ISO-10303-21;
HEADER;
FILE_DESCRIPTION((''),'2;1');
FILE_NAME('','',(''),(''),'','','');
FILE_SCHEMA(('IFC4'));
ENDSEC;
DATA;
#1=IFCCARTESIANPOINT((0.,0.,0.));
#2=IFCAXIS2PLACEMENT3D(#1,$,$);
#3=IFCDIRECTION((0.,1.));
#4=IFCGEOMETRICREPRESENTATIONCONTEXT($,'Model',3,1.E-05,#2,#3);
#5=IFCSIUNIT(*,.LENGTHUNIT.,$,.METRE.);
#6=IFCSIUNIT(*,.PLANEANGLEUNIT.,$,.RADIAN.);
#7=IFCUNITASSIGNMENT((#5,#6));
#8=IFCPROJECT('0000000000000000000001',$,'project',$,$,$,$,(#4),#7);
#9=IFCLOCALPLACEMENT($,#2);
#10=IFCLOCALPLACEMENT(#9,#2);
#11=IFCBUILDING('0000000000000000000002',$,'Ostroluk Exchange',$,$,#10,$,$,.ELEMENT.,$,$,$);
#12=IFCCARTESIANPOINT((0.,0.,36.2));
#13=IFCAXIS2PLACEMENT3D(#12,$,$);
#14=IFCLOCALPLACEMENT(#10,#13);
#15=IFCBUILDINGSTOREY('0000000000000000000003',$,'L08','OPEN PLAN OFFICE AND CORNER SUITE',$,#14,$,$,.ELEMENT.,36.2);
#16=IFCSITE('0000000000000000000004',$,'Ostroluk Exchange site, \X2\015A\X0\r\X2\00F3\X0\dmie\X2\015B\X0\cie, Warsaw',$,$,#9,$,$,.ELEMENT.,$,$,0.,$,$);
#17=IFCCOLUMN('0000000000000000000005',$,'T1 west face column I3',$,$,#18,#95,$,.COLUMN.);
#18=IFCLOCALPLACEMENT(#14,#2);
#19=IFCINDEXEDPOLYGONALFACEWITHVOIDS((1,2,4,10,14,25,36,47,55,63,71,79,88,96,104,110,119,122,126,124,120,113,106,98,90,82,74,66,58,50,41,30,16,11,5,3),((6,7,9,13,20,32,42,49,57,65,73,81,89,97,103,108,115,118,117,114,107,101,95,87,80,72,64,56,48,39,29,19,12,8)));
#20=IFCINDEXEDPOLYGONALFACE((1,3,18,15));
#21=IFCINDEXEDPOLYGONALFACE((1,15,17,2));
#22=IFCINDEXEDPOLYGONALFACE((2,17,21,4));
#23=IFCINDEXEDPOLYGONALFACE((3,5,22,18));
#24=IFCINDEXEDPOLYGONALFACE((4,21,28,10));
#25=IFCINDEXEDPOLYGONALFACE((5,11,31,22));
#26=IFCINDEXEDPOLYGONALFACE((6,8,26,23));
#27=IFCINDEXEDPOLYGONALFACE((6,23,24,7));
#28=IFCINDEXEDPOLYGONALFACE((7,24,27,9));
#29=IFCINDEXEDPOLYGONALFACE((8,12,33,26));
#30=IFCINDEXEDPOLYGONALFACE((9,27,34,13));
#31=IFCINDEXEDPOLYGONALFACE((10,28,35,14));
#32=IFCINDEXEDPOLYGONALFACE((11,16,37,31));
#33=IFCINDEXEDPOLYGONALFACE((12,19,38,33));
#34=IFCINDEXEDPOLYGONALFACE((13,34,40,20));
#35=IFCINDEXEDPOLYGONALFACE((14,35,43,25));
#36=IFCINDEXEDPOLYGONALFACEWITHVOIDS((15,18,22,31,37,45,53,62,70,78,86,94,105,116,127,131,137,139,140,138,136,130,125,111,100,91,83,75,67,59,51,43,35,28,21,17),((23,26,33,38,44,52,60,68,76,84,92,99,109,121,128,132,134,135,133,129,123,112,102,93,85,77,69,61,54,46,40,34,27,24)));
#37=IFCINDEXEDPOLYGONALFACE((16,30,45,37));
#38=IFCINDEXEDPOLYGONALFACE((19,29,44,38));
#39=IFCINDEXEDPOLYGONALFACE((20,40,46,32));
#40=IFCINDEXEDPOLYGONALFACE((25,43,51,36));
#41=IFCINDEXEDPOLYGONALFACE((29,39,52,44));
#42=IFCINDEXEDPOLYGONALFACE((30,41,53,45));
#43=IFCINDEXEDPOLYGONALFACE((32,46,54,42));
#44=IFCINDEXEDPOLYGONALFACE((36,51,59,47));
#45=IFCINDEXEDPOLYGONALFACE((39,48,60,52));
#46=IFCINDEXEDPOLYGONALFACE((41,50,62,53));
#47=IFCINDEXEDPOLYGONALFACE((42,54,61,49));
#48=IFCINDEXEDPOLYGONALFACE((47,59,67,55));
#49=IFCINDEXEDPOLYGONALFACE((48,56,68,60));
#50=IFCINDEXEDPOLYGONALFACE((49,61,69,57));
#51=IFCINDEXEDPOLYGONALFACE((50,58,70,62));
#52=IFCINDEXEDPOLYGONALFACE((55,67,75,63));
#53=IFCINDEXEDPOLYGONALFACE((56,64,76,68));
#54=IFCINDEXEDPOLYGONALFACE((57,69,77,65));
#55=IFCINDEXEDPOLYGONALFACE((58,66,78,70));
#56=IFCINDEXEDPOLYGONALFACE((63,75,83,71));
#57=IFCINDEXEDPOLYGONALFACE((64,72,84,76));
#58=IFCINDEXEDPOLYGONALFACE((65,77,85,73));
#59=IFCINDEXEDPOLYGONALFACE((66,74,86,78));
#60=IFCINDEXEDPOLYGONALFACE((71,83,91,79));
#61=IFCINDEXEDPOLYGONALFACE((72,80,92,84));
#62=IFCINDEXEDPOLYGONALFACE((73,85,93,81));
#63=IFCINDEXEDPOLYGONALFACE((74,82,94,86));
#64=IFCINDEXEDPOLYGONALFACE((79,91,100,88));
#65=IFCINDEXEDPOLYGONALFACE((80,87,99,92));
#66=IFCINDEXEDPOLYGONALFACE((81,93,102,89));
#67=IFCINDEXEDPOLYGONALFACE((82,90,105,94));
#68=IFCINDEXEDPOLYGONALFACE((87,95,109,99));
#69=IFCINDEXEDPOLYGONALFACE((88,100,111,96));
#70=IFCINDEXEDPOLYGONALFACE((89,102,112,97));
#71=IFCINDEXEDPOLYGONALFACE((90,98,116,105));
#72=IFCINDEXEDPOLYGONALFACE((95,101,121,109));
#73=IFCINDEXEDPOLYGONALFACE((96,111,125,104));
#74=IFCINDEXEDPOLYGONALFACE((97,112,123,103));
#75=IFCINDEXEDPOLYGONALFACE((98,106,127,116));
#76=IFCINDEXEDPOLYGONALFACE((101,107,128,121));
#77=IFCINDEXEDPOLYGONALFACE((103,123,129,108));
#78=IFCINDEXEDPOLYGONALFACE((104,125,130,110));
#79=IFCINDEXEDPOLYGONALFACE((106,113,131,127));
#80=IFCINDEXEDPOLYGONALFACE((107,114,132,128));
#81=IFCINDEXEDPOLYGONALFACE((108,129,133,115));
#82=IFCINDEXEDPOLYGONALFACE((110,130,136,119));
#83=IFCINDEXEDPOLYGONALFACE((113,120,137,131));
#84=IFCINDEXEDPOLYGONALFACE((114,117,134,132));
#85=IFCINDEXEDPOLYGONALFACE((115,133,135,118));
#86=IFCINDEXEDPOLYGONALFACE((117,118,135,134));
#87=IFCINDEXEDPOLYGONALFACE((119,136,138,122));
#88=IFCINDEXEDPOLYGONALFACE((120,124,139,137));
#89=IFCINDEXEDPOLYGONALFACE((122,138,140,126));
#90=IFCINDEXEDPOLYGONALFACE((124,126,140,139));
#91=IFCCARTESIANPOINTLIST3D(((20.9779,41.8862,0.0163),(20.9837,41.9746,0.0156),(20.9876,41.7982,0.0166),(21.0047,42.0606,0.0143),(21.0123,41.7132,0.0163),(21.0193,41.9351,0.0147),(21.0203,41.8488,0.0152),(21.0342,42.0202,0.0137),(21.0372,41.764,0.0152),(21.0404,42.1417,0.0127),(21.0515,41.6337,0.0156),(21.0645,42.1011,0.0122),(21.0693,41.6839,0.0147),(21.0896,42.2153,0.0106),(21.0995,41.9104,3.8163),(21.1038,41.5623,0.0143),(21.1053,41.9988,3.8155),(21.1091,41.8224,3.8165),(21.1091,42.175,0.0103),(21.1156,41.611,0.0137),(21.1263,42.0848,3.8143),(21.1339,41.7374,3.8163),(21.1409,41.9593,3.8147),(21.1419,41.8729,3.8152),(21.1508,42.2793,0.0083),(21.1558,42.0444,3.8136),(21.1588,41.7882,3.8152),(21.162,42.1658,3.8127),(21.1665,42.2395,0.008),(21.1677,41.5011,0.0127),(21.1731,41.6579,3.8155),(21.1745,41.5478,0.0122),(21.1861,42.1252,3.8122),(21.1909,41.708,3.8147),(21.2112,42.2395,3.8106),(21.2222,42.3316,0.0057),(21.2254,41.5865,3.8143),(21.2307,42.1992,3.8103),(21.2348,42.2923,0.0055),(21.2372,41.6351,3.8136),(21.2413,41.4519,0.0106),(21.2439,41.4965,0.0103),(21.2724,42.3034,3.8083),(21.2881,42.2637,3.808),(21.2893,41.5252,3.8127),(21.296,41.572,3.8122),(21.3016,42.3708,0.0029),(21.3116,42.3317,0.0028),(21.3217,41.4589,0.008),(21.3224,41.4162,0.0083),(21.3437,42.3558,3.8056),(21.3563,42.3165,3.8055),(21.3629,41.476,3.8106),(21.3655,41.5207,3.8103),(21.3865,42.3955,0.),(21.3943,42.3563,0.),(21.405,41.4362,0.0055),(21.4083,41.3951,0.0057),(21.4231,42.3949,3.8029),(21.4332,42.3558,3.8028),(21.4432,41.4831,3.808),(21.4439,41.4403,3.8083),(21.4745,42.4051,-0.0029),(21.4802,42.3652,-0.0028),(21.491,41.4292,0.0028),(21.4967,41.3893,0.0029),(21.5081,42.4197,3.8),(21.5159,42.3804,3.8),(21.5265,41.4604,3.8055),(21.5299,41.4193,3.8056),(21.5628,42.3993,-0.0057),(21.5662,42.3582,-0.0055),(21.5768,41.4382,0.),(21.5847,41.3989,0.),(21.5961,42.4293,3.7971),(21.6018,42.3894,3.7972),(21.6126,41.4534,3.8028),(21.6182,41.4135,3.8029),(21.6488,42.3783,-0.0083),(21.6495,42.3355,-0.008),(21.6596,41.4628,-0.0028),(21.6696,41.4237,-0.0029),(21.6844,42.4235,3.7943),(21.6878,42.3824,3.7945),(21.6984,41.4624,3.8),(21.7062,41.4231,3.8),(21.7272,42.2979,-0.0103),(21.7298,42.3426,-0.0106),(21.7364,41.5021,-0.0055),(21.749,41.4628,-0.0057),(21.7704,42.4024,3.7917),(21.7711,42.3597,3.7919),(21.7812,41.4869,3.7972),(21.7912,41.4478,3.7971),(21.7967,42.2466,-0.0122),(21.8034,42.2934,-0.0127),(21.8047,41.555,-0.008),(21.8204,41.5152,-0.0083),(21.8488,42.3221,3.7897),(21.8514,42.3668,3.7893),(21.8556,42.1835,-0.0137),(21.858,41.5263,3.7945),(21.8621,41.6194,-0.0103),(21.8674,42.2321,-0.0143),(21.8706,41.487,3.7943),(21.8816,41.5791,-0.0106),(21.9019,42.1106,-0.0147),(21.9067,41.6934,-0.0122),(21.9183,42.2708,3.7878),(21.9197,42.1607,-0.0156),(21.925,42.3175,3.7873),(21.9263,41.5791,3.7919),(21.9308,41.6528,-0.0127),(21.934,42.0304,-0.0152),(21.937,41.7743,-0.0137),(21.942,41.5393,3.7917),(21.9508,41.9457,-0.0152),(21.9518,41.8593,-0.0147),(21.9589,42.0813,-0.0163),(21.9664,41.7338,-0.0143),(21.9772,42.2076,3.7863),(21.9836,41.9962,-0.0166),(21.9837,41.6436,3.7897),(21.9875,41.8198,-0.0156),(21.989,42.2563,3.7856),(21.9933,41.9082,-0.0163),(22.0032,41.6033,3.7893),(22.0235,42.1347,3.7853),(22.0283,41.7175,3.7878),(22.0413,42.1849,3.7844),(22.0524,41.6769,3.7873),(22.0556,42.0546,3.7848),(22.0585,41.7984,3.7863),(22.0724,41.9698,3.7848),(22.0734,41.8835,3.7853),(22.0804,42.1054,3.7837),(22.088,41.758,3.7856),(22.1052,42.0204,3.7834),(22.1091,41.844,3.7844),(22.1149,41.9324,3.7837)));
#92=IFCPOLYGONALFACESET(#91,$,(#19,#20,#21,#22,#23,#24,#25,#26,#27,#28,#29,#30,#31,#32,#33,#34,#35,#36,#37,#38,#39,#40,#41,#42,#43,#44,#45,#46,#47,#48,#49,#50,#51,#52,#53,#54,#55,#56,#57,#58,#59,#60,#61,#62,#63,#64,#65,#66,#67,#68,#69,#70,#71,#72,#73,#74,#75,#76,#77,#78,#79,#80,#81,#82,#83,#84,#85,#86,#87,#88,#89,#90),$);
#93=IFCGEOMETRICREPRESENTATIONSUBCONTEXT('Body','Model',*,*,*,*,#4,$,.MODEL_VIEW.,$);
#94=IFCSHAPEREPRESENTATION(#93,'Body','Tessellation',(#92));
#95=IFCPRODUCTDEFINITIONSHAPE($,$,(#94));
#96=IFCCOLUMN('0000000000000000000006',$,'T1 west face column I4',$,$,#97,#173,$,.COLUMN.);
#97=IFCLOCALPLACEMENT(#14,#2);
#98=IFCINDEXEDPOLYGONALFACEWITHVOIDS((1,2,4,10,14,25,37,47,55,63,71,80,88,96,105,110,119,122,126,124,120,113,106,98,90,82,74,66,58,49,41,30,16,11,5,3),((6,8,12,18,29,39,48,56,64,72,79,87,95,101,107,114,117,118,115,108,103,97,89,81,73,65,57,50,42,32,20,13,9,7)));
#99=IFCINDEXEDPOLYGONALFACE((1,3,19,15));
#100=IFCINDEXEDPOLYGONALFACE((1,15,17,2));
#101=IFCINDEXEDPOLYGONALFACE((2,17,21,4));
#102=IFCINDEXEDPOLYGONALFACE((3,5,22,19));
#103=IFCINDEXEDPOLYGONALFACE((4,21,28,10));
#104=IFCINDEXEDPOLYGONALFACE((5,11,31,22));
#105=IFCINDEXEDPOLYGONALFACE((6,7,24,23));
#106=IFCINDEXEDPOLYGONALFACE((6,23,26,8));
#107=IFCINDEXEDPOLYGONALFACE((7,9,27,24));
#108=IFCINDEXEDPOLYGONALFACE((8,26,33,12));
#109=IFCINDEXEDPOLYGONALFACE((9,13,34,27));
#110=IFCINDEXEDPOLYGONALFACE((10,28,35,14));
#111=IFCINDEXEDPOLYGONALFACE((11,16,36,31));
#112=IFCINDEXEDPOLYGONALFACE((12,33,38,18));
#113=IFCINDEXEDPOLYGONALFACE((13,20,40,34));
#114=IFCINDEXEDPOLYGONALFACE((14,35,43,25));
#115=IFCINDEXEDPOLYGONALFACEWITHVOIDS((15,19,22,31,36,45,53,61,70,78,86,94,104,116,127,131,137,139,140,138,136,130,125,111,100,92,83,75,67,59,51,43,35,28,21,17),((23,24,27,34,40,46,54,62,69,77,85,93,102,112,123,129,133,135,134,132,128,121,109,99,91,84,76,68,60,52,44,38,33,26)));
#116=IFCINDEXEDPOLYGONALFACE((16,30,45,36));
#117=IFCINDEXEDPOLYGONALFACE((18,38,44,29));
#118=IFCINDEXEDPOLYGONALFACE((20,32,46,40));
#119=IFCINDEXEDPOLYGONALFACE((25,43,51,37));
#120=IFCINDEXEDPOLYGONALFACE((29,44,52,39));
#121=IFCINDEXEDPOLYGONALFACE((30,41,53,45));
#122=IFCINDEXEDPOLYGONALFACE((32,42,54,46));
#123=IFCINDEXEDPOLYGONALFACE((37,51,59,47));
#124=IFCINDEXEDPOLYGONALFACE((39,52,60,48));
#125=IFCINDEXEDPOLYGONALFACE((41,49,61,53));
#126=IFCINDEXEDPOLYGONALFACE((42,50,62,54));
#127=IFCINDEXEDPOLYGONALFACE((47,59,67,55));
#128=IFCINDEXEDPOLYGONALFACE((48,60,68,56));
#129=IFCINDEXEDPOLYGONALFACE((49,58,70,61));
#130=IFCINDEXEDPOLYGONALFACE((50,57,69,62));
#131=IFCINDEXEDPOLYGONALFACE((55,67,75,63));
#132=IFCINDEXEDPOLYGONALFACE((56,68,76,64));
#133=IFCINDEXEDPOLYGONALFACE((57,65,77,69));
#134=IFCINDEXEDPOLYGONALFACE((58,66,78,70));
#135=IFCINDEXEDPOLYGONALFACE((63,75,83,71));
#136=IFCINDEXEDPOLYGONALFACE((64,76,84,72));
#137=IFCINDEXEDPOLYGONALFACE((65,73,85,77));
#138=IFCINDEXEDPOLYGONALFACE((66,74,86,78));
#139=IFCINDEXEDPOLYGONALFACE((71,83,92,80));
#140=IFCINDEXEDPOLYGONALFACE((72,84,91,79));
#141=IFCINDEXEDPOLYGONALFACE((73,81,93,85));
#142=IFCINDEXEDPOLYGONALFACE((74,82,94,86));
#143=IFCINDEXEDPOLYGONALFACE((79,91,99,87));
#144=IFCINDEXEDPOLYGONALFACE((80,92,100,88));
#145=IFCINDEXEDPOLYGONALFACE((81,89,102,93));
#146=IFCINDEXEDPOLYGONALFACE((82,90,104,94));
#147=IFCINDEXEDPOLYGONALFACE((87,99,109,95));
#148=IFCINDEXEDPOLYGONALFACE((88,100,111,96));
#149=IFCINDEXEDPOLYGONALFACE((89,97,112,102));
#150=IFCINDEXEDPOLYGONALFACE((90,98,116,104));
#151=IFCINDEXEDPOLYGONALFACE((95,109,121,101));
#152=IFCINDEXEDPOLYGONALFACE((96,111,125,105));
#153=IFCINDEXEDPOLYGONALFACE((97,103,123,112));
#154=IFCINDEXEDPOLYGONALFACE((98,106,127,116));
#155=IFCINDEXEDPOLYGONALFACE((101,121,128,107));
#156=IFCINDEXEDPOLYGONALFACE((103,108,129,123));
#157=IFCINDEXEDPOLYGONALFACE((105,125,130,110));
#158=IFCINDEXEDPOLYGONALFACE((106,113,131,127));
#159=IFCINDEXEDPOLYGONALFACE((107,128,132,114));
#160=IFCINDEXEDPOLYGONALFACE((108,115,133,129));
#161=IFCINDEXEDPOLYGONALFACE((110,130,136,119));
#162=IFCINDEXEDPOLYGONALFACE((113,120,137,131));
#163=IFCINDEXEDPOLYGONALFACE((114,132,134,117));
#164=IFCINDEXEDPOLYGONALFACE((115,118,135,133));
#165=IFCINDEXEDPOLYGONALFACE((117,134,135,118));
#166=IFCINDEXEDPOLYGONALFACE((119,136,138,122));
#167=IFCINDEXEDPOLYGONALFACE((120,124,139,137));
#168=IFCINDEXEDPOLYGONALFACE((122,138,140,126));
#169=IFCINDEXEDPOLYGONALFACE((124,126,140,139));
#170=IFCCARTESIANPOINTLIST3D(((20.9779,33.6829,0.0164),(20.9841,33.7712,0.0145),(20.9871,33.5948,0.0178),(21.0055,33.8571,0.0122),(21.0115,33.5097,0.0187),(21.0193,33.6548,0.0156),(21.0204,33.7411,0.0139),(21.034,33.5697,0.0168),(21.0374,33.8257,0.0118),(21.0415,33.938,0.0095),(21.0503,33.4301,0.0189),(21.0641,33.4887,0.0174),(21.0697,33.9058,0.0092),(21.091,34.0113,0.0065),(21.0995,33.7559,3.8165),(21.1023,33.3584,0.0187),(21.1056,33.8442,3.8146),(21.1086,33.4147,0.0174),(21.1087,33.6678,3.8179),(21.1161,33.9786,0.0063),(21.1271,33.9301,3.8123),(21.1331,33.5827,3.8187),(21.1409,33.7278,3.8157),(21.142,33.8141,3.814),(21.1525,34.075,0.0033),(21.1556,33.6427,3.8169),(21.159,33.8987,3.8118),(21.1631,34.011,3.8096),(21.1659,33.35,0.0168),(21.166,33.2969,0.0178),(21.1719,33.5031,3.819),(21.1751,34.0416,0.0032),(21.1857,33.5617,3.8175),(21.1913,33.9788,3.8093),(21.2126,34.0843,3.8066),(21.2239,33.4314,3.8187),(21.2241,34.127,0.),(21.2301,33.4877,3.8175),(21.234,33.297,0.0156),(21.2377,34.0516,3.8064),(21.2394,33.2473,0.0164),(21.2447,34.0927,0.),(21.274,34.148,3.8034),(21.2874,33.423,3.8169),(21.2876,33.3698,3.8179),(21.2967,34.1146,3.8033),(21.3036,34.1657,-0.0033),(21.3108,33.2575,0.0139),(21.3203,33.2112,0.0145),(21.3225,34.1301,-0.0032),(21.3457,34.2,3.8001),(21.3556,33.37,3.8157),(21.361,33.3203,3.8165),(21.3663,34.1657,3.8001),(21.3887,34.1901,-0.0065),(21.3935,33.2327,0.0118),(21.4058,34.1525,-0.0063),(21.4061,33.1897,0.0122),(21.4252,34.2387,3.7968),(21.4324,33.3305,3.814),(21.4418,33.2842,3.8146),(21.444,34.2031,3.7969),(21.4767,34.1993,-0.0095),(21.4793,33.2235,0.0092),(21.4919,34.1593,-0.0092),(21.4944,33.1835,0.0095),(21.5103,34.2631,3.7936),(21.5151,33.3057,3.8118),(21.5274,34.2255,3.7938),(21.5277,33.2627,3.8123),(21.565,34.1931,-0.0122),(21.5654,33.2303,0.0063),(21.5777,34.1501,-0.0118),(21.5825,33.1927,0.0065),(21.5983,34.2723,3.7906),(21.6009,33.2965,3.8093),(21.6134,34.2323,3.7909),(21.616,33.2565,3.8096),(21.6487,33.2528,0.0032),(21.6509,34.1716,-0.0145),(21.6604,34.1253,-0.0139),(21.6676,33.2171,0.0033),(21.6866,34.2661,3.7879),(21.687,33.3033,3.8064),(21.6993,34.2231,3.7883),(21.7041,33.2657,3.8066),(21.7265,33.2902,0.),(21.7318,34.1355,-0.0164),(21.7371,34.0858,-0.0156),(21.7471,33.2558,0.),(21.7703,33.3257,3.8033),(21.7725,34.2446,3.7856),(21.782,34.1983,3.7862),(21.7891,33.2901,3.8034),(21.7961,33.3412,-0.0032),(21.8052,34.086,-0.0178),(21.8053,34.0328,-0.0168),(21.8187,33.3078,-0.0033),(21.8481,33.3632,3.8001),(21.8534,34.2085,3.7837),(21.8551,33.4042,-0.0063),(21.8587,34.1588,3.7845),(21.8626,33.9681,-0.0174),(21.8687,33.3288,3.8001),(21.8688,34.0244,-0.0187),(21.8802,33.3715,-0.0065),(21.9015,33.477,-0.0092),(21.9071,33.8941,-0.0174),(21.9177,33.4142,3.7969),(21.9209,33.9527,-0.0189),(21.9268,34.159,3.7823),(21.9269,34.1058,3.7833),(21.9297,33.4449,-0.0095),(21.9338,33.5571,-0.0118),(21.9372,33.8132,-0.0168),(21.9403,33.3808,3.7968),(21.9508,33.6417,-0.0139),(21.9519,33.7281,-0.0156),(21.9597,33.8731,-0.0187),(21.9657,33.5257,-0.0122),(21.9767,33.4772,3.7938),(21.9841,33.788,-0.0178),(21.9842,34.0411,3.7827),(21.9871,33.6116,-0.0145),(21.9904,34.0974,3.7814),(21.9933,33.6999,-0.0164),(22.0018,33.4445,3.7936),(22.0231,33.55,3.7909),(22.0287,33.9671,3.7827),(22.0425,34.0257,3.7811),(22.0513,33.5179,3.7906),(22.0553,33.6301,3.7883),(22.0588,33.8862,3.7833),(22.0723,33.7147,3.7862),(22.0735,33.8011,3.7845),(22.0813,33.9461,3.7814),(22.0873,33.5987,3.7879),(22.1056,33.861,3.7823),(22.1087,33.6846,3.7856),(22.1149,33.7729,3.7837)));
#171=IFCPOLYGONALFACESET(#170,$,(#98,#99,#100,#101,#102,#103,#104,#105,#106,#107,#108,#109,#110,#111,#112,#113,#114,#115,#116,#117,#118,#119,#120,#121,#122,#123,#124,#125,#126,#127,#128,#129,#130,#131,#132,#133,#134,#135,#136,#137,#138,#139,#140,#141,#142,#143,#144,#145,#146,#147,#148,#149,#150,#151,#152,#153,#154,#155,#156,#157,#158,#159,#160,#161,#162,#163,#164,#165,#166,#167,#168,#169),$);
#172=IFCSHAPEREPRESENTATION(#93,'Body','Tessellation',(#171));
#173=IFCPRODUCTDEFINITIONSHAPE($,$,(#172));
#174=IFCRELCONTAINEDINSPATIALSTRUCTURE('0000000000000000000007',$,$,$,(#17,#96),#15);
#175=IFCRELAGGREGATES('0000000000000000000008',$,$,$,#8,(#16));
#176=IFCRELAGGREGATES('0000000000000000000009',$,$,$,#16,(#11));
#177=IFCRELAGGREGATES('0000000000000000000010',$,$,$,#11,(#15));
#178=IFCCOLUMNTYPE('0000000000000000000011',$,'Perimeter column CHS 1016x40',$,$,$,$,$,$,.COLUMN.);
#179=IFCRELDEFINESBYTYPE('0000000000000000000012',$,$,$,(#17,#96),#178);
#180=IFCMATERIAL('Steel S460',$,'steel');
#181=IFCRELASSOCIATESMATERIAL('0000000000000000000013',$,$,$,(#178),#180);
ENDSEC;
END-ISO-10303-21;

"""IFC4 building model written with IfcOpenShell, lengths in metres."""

from ifc_helpers import new_model, si_unit, direction, frame, origin, origin_2d, place, context, subcontext, project, spatial, hollow_circle, extrude, material, material_profile, profile_set, type_object, element, save


model = new_model("IFC4")

# Units and contexts
model_context = context("Model", 3, precision=1e-05, world=origin(), true_north=direction((0.0, 1.0)))
body_context = subcontext(model_context, "Body", "Model", "MODEL_VIEW")
ifc_project = project(units=[si_unit("LENGTHUNIT", "METRE"), si_unit("PLANEANGLEUNIT", "RADIAN")], contexts=[model_context])

# Site, building, storey
site_placement = place(None, origin())
site = spatial("IfcSite", under=ifc_project, at=site_placement, Name="Ostroluk Exchange site, Śródmieście, Warsaw", CompositionType="ELEMENT", RefElevation=0.0)
building_placement = place(site_placement, origin())
building = spatial("IfcBuilding", under=site, at=building_placement, Name="Ostroluk Exchange", CompositionType="ELEMENT")
storey_placement = place(building_placement, frame((0.0, 0.0, 36.2)))
storey = spatial("IfcBuildingStorey", under=building, at=storey_placement, Name="L08", Description="OPEN PLAN OFFICE AND CORNER SUITE", CompositionType="ELEMENT", Elevation=36.2)

# Columns
ifc_material_1 = material(Name="Steel S460", Category="steel")
ifc_material_profile_1 = material_profile(ifc_material_1, hollow_circle(Radius=0.5081, WallThickness=0.04, at=origin_2d()), Name="CHS 1016x40")
ifc_profile_set_1 = profile_set([ifc_material_profile_1], Name="Steel S460")
column_type = type_object("IfcColumnType", Name="Perimeter column CHS 1016x40", PredefinedType="COLUMN", material=ifc_profile_set_1)
column_1_placement = place(storey_placement, frame((21.4856, 41.8972, 0.0), z_axis=(0.031978, 0.006357, 0.999468), x_axis=(-0.19498, 0.980807, 0.0)))
element("IfcColumn", 1, at=column_1_placement, inside=storey, type_object=column_type, Name="T1 west face column I3", PredefinedType="COLUMN", context=body_context, shape_type="SweptSolid", body=[
    extrude(hollow_circle(Radius=0.5081, WallThickness=0.04, at=origin_2d()), origin(), (0.0, 0.0, 1.0), 3.802),
])
column_2_placement = place(storey_placement, frame((21.4856, 33.6914, 0.0), z_axis=(0.031973, 0.019196, 0.999304), x_axis=(-0.514749, 0.857341, 0.0)))
element("IfcColumn", 2, at=column_2_placement, inside=storey, type_object=column_type, Name="T1 west face column I4", PredefinedType="COLUMN", context=body_context, shape_type="SweptSolid", body=[
    extrude(hollow_circle(Radius=0.5081, WallThickness=0.04, at=origin_2d()), origin(), (0.0, 0.0, 1.0), 3.8027),
])

save(model, "model.ifc")
